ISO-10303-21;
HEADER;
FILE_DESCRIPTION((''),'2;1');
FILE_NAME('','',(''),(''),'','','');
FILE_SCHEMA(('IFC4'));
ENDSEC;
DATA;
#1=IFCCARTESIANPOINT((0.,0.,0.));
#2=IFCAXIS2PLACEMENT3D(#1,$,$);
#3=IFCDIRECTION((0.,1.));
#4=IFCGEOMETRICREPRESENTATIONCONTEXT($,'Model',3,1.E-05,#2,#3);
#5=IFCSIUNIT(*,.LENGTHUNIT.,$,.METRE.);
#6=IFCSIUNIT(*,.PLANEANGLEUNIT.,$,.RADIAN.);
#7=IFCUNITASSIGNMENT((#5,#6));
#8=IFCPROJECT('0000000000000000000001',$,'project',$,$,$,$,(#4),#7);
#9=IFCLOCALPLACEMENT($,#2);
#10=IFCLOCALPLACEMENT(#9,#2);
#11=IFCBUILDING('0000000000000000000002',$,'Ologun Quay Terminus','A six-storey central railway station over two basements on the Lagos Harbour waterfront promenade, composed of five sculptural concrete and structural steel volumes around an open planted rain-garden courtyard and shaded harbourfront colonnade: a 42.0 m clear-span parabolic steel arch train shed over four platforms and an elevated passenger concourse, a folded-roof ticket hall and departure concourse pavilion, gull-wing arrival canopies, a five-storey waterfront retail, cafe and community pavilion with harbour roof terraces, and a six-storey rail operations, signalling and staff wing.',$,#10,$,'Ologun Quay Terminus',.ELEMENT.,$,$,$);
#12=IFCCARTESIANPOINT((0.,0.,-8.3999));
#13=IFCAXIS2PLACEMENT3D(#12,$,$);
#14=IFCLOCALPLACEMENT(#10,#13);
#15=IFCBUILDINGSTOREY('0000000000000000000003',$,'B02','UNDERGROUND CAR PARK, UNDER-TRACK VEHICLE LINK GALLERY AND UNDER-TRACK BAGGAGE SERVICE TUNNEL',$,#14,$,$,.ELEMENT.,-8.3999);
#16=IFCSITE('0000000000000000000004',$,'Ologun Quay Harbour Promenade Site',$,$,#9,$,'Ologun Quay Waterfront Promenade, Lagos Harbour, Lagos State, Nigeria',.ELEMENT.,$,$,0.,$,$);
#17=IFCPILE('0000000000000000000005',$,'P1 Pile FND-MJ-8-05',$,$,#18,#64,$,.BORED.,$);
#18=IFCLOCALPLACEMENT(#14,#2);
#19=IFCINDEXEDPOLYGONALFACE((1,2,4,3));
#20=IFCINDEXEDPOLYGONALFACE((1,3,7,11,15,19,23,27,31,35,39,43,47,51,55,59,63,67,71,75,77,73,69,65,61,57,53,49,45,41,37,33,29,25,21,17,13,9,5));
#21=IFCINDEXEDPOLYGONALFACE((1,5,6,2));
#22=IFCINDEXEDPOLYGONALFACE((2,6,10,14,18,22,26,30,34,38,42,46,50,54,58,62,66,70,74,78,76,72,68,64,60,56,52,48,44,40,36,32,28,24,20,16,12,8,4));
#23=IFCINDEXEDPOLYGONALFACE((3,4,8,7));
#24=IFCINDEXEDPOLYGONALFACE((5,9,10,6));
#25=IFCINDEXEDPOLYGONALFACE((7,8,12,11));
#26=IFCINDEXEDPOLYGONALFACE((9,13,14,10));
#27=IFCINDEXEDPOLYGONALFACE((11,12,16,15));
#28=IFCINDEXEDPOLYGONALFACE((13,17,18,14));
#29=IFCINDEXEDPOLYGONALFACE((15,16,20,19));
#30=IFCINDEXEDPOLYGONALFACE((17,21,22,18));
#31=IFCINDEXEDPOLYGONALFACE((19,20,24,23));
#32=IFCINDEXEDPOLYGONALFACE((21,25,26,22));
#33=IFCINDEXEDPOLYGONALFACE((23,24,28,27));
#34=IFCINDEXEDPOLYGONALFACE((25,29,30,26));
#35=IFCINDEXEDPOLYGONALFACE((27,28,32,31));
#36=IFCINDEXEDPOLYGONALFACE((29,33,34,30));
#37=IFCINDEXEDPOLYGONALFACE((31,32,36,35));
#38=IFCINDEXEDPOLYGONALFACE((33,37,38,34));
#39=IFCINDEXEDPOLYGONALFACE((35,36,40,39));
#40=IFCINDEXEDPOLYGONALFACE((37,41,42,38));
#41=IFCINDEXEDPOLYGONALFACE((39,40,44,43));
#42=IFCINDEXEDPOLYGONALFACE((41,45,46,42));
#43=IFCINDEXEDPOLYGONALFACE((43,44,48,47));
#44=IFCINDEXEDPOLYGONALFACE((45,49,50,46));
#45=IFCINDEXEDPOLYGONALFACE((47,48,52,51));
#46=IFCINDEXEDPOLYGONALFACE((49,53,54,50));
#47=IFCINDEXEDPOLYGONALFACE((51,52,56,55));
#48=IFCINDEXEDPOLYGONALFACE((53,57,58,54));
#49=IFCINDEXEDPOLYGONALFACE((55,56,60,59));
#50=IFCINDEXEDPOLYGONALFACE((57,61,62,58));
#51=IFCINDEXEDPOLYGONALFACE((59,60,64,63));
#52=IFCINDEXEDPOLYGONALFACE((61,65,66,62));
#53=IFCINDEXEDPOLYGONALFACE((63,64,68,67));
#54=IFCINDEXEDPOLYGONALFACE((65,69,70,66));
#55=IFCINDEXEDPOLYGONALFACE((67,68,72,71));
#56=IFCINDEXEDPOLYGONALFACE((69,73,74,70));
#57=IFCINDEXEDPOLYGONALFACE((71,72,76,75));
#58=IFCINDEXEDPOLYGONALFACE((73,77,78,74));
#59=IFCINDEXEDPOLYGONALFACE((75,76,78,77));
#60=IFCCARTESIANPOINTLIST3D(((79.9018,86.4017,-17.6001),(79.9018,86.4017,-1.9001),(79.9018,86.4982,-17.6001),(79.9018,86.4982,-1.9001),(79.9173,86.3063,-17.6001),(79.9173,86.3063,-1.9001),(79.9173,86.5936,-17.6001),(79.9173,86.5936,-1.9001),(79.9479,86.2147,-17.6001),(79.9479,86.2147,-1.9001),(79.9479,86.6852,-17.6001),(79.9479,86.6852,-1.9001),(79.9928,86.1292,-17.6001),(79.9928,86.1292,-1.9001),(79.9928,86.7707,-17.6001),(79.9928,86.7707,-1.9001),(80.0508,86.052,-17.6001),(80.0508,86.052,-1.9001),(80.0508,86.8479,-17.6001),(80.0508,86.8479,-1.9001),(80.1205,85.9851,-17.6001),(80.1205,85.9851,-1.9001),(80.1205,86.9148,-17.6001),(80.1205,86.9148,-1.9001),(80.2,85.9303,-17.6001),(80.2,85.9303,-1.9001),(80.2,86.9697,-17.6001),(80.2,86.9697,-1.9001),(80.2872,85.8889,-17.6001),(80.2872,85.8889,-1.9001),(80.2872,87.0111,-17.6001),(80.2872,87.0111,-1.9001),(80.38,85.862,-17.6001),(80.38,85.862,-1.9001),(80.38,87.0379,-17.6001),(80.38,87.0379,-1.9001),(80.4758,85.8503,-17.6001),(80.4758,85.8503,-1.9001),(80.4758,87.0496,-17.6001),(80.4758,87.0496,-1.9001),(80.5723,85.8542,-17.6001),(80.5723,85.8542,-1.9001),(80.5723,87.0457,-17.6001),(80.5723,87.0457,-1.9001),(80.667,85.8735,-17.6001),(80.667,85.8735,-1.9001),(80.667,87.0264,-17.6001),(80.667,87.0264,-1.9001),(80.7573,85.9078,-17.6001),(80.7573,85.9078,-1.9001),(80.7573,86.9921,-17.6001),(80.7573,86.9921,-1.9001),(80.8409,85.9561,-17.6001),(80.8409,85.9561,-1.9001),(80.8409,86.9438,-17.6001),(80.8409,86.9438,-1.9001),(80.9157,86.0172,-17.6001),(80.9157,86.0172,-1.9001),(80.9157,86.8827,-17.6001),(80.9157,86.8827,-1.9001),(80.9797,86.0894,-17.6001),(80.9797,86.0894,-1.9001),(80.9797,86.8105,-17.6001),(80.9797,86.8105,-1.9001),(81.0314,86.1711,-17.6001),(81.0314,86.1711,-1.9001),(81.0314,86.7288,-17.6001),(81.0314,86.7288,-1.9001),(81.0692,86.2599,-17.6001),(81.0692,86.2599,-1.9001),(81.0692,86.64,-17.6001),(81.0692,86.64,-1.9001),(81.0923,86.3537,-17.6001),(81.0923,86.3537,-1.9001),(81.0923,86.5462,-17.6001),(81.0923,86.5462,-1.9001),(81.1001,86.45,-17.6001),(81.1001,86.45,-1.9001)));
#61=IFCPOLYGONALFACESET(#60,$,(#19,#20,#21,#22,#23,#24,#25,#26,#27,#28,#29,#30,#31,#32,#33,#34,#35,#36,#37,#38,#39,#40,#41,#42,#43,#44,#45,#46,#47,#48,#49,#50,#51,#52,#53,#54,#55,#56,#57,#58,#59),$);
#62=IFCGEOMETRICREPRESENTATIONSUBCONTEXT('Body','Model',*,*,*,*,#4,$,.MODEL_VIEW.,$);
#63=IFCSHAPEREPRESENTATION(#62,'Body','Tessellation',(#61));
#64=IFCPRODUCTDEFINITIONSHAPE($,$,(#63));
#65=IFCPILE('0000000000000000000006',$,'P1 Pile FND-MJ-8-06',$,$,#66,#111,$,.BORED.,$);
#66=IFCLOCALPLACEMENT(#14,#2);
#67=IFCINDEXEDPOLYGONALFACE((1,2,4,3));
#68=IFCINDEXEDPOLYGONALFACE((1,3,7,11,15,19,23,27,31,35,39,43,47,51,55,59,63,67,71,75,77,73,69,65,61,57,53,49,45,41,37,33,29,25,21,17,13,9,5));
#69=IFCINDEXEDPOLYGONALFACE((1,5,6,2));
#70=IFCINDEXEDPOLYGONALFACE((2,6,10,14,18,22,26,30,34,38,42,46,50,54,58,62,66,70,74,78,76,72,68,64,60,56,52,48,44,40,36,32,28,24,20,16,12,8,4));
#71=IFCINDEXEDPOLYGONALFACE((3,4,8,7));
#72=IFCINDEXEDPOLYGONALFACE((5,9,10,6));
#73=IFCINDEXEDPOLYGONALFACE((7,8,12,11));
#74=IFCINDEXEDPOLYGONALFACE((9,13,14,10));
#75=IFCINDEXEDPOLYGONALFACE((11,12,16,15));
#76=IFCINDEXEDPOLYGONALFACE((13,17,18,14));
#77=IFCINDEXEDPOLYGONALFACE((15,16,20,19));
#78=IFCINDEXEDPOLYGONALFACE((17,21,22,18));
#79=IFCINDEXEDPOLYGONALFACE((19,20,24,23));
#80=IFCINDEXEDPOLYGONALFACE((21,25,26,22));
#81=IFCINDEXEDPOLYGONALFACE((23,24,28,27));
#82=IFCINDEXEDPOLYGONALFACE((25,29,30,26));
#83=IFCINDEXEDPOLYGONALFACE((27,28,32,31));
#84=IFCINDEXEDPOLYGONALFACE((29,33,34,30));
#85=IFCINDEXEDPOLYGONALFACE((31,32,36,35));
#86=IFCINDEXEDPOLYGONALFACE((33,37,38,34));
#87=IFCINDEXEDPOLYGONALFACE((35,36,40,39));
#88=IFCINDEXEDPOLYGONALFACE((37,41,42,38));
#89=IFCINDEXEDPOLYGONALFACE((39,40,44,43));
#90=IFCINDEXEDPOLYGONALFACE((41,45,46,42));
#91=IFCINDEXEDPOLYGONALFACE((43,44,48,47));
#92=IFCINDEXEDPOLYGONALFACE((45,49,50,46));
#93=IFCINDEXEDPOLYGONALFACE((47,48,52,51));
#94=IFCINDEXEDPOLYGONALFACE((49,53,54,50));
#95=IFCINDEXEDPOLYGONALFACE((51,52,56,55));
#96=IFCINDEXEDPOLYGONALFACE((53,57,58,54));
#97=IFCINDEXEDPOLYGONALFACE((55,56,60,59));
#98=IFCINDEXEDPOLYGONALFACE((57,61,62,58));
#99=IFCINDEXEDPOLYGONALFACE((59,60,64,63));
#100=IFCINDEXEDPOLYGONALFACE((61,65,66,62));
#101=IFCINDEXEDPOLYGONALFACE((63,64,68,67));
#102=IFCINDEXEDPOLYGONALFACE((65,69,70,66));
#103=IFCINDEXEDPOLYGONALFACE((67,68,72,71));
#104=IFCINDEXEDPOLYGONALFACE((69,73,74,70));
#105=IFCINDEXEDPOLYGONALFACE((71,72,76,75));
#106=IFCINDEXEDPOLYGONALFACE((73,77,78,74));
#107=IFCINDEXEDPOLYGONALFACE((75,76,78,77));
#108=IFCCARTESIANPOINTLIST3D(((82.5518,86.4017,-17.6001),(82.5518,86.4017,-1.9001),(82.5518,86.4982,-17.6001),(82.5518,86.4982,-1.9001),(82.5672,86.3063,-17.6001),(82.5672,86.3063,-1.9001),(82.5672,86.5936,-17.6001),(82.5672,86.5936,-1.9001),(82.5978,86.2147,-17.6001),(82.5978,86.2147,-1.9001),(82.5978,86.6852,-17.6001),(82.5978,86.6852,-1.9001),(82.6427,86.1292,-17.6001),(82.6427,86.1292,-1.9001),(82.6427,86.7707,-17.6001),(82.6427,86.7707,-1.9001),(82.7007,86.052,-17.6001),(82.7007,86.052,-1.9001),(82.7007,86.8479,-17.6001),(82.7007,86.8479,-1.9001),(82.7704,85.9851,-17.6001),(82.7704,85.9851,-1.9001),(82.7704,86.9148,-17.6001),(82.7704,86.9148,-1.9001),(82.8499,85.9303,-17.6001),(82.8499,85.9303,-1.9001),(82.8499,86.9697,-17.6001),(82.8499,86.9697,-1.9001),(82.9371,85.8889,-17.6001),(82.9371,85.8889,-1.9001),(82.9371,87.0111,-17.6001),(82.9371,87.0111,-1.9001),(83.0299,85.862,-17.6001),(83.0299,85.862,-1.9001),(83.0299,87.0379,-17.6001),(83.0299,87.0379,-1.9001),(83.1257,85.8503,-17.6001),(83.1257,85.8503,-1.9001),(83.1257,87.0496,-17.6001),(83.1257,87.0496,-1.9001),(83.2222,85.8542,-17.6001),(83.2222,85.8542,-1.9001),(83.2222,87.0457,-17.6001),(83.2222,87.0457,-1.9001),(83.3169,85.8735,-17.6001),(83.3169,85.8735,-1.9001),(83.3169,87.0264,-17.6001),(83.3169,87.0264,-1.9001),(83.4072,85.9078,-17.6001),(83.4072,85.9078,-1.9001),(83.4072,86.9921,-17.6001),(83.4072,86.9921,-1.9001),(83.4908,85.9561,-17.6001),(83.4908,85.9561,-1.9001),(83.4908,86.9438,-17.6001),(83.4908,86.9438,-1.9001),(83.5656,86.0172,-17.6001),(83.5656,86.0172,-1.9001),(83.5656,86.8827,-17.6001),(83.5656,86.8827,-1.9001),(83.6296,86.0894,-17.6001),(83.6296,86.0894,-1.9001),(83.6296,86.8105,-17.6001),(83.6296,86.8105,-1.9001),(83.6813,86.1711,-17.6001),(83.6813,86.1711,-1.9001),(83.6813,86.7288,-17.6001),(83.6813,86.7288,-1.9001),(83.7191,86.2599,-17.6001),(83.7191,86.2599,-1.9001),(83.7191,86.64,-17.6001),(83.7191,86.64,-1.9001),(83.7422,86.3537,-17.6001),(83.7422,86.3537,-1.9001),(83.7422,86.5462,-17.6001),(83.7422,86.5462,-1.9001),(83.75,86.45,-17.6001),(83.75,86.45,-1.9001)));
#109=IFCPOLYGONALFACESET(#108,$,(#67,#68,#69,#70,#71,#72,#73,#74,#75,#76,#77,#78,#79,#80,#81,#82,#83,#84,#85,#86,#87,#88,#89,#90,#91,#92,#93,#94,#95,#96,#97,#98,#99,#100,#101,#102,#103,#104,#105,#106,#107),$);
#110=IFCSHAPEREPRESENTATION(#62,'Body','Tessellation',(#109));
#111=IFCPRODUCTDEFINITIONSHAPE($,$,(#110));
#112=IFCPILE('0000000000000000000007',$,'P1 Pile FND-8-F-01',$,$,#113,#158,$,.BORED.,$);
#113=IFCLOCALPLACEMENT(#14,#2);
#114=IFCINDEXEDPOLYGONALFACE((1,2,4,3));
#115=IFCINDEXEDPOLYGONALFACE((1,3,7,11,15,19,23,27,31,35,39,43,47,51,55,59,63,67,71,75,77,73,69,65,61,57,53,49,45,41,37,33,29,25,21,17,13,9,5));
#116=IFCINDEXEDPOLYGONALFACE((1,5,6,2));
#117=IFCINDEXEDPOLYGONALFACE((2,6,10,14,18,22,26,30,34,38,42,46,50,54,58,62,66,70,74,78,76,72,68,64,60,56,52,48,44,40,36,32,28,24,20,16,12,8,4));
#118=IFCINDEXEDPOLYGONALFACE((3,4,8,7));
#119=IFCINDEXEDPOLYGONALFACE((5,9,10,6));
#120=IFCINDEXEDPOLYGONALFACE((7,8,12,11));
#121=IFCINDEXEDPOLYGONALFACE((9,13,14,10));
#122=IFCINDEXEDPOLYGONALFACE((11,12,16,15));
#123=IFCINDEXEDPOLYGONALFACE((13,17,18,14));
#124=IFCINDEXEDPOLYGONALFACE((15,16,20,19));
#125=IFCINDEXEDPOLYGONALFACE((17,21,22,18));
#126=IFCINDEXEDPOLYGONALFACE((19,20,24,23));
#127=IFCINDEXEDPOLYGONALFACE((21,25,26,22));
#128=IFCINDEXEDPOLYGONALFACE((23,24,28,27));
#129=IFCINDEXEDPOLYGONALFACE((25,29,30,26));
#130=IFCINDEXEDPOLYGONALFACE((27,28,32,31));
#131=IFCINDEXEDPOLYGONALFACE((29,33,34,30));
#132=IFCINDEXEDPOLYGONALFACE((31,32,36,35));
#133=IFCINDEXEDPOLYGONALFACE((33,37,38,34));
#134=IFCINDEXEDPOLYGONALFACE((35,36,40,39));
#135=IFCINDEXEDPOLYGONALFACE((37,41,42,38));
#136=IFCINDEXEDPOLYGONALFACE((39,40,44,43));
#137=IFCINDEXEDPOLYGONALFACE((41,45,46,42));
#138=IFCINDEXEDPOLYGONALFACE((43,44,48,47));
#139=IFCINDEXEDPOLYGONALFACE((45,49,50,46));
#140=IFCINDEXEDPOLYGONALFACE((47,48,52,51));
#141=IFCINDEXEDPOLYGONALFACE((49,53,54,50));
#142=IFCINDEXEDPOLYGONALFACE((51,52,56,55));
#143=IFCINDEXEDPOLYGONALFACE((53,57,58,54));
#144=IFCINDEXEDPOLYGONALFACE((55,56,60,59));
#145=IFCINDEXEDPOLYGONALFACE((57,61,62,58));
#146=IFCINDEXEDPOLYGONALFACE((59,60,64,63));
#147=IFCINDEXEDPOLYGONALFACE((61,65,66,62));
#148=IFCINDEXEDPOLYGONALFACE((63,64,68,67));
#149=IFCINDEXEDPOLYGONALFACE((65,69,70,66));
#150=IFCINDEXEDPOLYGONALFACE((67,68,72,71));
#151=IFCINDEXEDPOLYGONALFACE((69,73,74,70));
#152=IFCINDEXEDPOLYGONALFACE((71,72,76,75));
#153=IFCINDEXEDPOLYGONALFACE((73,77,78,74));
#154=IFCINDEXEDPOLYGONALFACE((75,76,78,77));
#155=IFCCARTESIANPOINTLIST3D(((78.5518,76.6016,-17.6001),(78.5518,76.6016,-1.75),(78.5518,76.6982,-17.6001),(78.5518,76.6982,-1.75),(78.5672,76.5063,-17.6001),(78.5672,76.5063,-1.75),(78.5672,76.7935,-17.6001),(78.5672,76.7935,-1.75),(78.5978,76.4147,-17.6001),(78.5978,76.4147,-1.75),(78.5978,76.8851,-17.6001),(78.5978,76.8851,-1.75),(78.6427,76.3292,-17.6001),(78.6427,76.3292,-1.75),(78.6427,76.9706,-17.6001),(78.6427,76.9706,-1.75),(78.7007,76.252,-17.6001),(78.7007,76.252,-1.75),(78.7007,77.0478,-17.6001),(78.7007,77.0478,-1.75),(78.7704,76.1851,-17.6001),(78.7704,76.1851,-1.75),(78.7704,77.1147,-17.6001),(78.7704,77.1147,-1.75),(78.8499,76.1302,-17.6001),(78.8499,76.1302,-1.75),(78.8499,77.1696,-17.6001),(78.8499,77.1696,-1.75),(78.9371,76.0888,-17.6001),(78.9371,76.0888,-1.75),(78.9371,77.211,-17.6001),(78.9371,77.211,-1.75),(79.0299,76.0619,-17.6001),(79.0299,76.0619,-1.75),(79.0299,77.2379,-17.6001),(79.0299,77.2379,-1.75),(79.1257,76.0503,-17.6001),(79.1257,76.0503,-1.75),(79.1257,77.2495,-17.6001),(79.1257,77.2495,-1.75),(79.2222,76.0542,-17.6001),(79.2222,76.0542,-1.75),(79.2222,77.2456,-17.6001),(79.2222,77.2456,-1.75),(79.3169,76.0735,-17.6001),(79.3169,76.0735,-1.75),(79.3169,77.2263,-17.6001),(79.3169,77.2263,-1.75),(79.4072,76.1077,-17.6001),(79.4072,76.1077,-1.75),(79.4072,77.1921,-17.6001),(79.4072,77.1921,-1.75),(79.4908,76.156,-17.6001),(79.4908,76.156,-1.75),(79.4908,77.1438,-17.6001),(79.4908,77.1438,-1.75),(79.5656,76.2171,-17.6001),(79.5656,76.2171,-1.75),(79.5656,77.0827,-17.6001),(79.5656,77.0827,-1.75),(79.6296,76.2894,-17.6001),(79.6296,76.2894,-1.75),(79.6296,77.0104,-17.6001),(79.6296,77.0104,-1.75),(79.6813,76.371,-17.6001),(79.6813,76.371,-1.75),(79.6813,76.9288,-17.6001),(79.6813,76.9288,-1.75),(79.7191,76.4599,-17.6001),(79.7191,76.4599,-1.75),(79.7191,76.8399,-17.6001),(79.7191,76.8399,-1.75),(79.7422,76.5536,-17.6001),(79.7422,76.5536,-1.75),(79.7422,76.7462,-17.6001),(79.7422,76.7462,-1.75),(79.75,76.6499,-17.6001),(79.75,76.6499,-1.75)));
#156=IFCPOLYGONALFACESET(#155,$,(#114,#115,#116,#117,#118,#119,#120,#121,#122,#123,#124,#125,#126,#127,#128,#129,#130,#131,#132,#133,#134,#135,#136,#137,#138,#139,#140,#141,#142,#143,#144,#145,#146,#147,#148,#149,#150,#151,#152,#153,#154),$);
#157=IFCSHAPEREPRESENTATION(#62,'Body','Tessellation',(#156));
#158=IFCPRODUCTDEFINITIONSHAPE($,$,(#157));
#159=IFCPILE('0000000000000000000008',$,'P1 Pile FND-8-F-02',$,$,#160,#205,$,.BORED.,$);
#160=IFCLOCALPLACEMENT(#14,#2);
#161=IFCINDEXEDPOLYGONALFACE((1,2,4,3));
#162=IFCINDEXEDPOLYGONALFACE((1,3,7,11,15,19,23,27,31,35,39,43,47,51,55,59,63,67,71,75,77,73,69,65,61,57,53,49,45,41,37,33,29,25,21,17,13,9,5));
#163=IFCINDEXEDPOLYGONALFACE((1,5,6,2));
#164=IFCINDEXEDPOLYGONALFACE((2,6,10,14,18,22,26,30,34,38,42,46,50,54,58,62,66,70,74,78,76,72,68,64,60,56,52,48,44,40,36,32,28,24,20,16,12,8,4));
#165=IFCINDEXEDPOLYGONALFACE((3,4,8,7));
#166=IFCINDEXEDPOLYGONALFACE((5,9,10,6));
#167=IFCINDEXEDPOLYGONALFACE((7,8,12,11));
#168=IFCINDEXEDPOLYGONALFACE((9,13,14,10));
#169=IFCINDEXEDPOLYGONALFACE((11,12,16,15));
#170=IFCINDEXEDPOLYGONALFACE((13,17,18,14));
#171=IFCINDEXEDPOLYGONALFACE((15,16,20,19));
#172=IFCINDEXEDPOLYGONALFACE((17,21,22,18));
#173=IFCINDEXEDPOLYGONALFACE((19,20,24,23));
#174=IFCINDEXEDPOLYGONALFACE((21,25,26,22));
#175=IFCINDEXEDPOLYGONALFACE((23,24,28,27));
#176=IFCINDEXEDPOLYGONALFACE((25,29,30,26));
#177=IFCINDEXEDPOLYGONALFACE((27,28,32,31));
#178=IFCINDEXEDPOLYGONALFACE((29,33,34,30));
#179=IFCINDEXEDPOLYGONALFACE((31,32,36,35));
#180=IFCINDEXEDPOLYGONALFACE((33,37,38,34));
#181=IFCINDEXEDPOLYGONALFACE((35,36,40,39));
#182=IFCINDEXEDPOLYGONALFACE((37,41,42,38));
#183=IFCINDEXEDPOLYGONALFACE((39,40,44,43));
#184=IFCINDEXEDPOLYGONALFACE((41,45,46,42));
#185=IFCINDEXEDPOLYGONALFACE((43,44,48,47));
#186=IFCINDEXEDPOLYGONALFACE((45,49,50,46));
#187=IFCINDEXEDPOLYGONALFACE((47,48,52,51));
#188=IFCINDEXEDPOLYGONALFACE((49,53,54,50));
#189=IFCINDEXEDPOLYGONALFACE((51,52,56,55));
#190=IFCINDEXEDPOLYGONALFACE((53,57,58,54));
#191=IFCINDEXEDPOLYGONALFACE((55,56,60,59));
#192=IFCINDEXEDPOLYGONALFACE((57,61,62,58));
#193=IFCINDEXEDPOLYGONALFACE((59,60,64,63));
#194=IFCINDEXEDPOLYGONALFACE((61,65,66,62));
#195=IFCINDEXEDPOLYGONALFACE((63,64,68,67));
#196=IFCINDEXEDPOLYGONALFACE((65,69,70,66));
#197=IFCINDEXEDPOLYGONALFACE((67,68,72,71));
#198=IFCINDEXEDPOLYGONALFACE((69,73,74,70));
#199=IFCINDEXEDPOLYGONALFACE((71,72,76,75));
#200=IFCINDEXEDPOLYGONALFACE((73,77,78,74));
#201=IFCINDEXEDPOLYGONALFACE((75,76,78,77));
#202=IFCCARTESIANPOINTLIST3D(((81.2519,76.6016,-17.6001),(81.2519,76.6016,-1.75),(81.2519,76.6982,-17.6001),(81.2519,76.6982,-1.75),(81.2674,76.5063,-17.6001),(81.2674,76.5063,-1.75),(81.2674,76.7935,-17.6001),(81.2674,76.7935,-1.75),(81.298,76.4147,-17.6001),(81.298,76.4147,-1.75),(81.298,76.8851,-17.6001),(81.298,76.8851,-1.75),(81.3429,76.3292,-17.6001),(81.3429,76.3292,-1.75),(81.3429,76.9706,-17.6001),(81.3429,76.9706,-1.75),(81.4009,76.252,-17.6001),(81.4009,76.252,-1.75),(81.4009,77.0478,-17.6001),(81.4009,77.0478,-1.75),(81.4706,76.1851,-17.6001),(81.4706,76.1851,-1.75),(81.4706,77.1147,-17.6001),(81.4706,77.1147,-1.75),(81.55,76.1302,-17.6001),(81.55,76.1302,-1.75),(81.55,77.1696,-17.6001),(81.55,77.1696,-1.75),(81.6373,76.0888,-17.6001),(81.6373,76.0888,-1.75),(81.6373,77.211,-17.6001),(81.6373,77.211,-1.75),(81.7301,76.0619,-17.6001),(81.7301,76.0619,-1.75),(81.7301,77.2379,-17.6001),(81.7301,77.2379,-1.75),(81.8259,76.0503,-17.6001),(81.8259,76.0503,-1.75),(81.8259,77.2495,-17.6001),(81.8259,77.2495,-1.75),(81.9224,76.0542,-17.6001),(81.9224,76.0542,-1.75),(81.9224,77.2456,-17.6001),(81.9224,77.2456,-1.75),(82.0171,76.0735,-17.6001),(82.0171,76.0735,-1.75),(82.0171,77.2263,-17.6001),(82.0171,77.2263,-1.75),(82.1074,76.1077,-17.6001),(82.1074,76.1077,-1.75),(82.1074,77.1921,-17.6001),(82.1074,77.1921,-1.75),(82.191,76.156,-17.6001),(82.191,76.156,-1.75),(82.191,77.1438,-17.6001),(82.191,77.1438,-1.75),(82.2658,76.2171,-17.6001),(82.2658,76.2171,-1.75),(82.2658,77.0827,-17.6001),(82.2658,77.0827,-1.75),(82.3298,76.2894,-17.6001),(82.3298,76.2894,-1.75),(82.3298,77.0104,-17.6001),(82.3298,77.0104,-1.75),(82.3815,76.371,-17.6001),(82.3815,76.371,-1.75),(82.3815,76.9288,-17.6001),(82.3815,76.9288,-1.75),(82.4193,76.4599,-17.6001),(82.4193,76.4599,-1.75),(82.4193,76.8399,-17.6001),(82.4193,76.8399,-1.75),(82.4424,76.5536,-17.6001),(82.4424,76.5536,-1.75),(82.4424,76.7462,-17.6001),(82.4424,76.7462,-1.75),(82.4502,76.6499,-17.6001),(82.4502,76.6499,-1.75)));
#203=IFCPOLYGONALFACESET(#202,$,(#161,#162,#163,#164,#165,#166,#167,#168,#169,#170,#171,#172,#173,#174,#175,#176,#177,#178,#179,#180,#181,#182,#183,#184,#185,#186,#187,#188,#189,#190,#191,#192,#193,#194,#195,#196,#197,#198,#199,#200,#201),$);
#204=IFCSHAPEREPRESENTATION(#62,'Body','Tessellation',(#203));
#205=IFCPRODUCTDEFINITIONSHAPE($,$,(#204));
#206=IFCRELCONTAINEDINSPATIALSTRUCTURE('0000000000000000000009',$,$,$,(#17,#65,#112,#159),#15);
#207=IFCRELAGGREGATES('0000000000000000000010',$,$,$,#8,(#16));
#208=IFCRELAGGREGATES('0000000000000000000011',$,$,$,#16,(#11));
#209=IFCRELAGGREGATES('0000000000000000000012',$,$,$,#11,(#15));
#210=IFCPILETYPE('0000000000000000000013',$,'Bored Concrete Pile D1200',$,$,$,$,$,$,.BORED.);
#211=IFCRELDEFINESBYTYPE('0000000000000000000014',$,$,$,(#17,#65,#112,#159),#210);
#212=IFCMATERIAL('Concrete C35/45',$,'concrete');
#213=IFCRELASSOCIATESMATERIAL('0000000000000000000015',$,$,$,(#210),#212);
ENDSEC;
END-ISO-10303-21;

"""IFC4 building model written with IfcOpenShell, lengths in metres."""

from ifc_helpers import new_model, si_unit, direction, frame, origin, origin_2d, place, context, subcontext, project, spatial, circle, extrude, material, material_profile, profile_set, type_object, element, save


model = new_model("IFC4")

# Units and contexts
model_context = context("Model", 3, precision=1e-05, world=origin(), true_north=direction((0.0, 1.0)))
body_context = subcontext(model_context, "Body", "Model", "MODEL_VIEW")
ifc_project = project(units=[si_unit("LENGTHUNIT", "METRE"), si_unit("PLANEANGLEUNIT", "RADIAN")], contexts=[model_context])

# Site, building, storey
site_placement = place(None, origin())
site = spatial("IfcSite", under=ifc_project, at=site_placement, Name="Ologun Quay Harbour Promenade Site", LongName="Ologun Quay Waterfront Promenade, Lagos Harbour, Lagos State, Nigeria", CompositionType="ELEMENT", RefElevation=0.0)
building_placement = place(site_placement, origin())
building = spatial("IfcBuilding", under=site, at=building_placement, Name="Ologun Quay Terminus", Description="A six-storey central railway station over two basements on the Lagos Harbour waterfront promenade, composed of five sculptural concrete and structural steel volumes around an open planted rain-garden courtyard and shaded harbourfront colonnade: a 42.0 m clear-span parabolic steel arch train shed over four platforms and an elevated passenger concourse, a folded-roof ticket hall and departure concourse pavilion, gull-wing arrival canopies, a five-storey waterfront retail, cafe and community pavilion with harbour roof terraces, and a six-storey rail operations, signalling and staff wing.", LongName="Ologun Quay Terminus", CompositionType="ELEMENT")
storey_placement = place(building_placement, frame((0.0, 0.0, -8.3999)))
storey = spatial("IfcBuildingStorey", under=building, at=storey_placement, Name="B02", Description="UNDERGROUND CAR PARK, UNDER-TRACK VEHICLE LINK GALLERY AND UNDER-TRACK BAGGAGE SERVICE TUNNEL", CompositionType="ELEMENT", Elevation=-8.3999)

# Piles
ifc_material_1 = material(Name="Concrete C35/45", Category="concrete")
ifc_material_profile_1 = material_profile(ifc_material_1, circle(Radius=0.6001, at=origin_2d()), Name="PILE D1200")
ifc_profile_set_1 = profile_set([ifc_material_profile_1], Name="Concrete C35/45")
pile_type_1 = type_object("IfcPileType", Name="Bored Concrete Pile D1200", PredefinedType="BORED", material=ifc_profile_set_1)
for number, where, z_axis, x_axis, name in (
    (1, (80.5, 86.45, -1.9001), (0.0, 0.0, -1.0), (1.0, 0.0, 0.0), "P1 Pile FND-MJ-8-05"),
    (2, (83.1499, 86.45, -1.9001), (0.0, 0.0, -1.0), (1.0, 0.0, 0.0), "P1 Pile FND-MJ-8-06"),
):
    element("IfcPile", number, at=place(storey_placement, frame(where, z_axis=z_axis, x_axis=x_axis)), inside=storey, type_object=pile_type_1, Name=name, PredefinedType="BORED", context=body_context, shape_type="SweptSolid", body=[
        extrude(circle(Radius=0.6001, at=origin_2d()), origin(), (0.0, 0.0, 1.0), 15.7),
    ])
for number, where, z_axis, x_axis, name in (
    (3, (79.1499, 76.6499, -1.75), (0.0, 0.0, -1.0), (1.0, 0.0, 0.0), "P1 Pile FND-8-F-01"),
    (4, (81.8501, 76.6499, -1.75), (0.0, 0.0, -1.0), (1.0, 0.0, 0.0), "P1 Pile FND-8-F-02"),
):
    element("IfcPile", number, at=place(storey_placement, frame(where, z_axis=z_axis, x_axis=x_axis)), inside=storey, type_object=pile_type_1, Name=name, PredefinedType="BORED", context=body_context, shape_type="SweptSolid", body=[
        extrude(circle(Radius=0.6001, at=origin_2d()), origin(), (0.0, 0.0, 1.0), 15.8501),
    ])

save(model, "model.ifc")
